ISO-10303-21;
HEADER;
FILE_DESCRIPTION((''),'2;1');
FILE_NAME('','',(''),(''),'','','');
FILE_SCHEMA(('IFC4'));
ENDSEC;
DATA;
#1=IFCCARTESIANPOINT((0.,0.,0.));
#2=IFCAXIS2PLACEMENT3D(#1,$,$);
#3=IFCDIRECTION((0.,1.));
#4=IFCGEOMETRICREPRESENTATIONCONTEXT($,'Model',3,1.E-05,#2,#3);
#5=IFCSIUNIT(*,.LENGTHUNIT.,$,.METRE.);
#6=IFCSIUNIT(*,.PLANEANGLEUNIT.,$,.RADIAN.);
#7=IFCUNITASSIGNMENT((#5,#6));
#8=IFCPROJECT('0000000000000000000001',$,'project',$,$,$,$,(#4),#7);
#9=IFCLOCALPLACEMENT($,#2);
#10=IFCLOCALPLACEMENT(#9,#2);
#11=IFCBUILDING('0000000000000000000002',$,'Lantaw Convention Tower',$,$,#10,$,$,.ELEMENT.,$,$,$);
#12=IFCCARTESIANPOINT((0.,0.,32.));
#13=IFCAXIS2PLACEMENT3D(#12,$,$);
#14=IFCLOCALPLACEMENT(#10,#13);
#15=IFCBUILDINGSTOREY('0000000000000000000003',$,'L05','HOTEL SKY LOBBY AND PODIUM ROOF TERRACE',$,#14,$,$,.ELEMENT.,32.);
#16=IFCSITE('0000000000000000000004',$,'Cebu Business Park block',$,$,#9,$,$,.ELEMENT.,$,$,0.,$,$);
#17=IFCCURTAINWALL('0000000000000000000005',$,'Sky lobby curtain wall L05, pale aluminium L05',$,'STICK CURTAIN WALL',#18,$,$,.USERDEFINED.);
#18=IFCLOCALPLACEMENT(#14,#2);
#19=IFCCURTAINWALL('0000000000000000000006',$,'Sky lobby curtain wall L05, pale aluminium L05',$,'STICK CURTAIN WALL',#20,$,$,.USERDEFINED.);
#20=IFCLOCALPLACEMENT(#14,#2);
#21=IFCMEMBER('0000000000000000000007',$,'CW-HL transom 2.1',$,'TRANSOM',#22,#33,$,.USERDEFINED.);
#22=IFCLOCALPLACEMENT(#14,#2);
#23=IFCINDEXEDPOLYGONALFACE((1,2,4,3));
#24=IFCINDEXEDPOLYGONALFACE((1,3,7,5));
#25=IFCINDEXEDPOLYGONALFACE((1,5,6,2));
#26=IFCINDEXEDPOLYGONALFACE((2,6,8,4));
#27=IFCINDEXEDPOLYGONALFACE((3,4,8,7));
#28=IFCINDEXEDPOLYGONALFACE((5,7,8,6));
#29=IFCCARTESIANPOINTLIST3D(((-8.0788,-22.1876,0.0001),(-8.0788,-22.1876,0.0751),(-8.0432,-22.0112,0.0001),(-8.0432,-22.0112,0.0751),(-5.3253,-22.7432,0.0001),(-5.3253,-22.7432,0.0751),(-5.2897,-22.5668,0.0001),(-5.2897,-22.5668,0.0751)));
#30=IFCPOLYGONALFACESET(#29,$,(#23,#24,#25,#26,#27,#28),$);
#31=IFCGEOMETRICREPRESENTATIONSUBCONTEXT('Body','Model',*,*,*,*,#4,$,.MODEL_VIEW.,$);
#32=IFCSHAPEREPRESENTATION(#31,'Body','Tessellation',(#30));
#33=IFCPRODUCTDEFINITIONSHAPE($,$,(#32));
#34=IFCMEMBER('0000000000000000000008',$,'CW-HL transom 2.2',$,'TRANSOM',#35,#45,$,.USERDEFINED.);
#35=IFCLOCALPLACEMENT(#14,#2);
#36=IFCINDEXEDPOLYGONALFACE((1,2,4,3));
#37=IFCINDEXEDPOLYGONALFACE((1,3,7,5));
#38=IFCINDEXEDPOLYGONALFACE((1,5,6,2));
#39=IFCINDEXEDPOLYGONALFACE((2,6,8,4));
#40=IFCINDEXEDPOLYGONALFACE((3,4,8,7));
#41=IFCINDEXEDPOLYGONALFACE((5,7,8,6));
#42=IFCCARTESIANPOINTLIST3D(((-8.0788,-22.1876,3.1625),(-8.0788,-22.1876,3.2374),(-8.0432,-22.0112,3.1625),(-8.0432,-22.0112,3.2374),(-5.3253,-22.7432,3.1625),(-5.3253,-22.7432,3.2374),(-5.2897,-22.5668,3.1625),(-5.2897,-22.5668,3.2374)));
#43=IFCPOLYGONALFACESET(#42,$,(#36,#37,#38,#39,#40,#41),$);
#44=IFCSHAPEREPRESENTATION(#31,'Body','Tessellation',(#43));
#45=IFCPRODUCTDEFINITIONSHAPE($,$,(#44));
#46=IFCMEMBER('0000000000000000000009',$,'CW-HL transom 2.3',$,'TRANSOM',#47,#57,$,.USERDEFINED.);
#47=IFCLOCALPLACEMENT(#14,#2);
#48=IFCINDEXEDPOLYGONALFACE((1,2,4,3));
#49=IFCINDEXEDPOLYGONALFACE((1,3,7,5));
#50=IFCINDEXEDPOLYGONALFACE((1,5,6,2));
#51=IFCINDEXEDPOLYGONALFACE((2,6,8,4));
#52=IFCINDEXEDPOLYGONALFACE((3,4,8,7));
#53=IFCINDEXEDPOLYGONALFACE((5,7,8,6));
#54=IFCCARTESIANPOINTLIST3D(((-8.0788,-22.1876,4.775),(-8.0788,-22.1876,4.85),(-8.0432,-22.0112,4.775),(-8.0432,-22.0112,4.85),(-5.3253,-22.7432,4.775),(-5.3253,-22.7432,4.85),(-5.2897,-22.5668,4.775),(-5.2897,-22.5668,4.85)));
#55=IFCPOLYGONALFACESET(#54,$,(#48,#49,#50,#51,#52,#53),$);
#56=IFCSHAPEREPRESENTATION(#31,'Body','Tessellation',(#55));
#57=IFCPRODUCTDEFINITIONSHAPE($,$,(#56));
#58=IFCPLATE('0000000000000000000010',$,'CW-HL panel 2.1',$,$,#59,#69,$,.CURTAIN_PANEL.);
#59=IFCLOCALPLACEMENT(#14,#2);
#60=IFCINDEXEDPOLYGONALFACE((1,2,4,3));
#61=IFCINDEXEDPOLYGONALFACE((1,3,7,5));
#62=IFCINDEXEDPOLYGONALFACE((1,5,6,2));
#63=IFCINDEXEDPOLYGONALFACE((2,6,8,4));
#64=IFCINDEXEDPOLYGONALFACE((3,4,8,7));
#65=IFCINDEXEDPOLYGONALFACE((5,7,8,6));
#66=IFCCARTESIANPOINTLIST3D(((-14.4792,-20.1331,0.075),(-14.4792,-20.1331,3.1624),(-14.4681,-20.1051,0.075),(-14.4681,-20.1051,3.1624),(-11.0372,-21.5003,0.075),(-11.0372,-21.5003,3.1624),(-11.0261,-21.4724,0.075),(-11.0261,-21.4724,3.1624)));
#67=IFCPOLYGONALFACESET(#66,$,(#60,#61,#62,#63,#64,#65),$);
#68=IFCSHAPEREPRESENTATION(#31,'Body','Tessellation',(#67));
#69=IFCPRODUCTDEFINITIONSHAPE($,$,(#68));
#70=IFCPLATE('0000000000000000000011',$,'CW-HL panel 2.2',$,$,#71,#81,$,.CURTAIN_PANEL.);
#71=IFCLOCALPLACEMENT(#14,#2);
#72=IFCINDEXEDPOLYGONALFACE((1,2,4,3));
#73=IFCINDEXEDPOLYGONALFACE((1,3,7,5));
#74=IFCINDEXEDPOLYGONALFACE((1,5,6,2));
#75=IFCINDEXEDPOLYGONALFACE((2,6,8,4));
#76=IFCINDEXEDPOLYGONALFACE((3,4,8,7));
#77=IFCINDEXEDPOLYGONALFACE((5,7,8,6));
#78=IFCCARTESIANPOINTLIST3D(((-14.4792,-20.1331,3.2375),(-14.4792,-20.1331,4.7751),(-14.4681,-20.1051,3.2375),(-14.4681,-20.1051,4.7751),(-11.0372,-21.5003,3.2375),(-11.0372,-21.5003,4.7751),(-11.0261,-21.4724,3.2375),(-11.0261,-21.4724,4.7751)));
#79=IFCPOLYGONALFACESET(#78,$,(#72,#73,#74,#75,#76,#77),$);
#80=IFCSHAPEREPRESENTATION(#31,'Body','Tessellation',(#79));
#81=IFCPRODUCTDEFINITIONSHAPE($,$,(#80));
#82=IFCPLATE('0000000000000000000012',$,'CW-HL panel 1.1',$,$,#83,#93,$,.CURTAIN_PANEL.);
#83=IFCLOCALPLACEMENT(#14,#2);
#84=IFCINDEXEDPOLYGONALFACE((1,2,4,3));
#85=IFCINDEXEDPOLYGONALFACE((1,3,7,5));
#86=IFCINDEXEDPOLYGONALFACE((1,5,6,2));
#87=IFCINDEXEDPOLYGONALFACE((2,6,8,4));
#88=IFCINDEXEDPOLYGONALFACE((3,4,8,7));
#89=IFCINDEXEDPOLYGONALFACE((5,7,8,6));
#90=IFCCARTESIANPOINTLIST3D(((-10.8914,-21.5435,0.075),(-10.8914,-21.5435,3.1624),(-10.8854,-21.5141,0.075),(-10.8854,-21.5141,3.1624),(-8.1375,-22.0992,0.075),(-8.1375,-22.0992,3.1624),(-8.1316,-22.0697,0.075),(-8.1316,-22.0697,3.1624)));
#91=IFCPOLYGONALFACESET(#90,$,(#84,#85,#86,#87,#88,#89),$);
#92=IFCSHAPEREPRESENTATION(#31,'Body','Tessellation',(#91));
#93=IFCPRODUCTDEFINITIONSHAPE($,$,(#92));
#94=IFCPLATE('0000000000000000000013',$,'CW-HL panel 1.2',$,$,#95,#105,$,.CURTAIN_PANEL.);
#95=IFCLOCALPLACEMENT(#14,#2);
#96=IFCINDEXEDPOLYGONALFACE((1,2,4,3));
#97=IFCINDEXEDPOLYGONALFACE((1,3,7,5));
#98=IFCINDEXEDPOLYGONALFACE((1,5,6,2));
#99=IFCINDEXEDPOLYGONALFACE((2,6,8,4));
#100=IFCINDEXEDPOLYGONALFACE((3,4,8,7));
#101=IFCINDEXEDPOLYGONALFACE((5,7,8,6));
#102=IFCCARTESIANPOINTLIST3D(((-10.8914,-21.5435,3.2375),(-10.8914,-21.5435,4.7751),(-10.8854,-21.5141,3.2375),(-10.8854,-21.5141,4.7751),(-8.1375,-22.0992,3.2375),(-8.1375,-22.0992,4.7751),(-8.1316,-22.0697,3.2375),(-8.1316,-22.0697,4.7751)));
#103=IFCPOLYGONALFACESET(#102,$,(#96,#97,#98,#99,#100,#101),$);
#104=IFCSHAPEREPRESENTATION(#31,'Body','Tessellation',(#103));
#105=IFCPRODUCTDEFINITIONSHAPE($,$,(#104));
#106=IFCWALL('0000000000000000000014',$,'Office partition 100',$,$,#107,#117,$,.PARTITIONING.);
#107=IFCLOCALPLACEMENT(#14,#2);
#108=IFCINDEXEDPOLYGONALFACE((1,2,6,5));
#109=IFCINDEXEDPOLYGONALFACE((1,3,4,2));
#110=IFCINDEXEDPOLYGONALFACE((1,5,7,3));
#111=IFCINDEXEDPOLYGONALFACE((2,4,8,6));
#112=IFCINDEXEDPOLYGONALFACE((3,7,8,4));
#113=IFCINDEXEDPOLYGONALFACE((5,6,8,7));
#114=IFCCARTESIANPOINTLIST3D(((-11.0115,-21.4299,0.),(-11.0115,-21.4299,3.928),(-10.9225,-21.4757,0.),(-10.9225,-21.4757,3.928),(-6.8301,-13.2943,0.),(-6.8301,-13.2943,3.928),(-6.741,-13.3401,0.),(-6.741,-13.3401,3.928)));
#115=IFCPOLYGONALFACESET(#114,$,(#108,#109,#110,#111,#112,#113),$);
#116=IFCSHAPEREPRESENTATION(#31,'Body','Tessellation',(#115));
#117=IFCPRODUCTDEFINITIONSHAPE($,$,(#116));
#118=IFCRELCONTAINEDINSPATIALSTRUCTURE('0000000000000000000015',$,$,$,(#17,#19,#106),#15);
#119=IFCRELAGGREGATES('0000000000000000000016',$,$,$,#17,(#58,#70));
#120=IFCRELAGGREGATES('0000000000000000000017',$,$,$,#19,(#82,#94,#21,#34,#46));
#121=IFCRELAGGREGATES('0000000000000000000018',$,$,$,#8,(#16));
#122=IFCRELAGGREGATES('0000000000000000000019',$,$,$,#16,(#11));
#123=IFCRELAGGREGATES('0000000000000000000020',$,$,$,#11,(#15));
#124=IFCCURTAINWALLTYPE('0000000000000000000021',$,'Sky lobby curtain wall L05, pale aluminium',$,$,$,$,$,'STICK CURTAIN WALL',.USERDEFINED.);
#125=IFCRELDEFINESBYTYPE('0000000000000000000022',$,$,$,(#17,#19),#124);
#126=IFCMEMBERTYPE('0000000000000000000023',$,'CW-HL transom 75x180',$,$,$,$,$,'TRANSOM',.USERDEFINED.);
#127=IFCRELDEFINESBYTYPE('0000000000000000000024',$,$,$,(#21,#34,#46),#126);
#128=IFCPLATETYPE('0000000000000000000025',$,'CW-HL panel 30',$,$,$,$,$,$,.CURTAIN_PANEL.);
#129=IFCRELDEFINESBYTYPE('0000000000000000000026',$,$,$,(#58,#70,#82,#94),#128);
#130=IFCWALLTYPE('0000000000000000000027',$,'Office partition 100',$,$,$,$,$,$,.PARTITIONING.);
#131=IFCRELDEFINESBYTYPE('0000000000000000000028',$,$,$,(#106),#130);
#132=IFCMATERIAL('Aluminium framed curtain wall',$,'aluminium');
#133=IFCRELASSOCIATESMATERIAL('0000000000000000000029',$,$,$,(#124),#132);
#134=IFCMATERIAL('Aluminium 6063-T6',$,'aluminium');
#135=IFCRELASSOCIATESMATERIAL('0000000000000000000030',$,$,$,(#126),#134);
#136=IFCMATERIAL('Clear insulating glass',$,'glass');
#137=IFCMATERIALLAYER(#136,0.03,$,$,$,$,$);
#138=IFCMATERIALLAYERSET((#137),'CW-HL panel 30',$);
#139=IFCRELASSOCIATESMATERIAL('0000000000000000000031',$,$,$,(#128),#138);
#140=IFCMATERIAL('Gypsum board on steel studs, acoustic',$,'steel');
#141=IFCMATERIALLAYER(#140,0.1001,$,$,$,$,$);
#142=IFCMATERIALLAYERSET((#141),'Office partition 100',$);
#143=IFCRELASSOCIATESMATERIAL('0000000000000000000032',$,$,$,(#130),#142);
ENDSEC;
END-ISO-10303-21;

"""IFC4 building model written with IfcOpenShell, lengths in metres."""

from ifc_helpers import new_model, si_unit, direction, frame, frame_2d, origin, origin_2d, place, context, subcontext, project, spatial, rectangle, extrude, material, layer, layer_set, material_profile, profile_set, type_object, element, aggregate, save


model = new_model("IFC4")

# Units and contexts
model_context = context("Model", 3, precision=1e-05, world=origin(), true_north=direction((0.0, 1.0)))
body_context = subcontext(model_context, "Body", "Model", "MODEL_VIEW")
ifc_project = project(units=[si_unit("LENGTHUNIT", "METRE"), si_unit("PLANEANGLEUNIT", "RADIAN")], contexts=[model_context])

# Site, building, storey
site_placement = place(None, origin())
site = spatial("IfcSite", under=ifc_project, at=site_placement, Name="Cebu Business Park block", CompositionType="ELEMENT", RefElevation=0.0)
building_placement = place(site_placement, origin())
building = spatial("IfcBuilding", under=site, at=building_placement, Name="Lantaw Convention Tower", CompositionType="ELEMENT")
storey_placement = place(building_placement, frame((0.0, 0.0, 32.0)))
storey = spatial("IfcBuildingStorey", under=building, at=storey_placement, Name="L05", Description="HOTEL SKY LOBBY AND PODIUM ROOF TERRACE", CompositionType="ELEMENT", Elevation=32.0)

# Curtain walls
ifc_material_1 = material(Name="Aluminium framed curtain wall", Category="aluminium")
curtain_wall_type = type_object("IfcCurtainWallType", Name="Sky lobby curtain wall L05, pale aluminium", ElementType="STICK CURTAIN WALL", PredefinedType="USERDEFINED", material=ifc_material_1)
curtain_wall_1_placement = place(storey_placement, origin())
curtain_wall_1 = element("IfcCurtainWall", 1, at=curtain_wall_1_placement, inside=storey, type_object=curtain_wall_type, Name="Sky lobby curtain wall L05, pale aluminium L05", ObjectType="STICK CURTAIN WALL", PredefinedType="USERDEFINED")
ifc_material_2 = material(Name="Aluminium 6063-T6", Category="aluminium")
curtain_wall_2_placement = place(storey_placement, origin())
curtain_wall_2 = element("IfcCurtainWall", 2, at=curtain_wall_2_placement, inside=storey, type_object=curtain_wall_type, Name="Sky lobby curtain wall L05, pale aluminium L05", ObjectType="STICK CURTAIN WALL", PredefinedType="USERDEFINED")

# Members
ifc_material_profile_1 = material_profile(ifc_material_2, rectangle(XDim=0.1799, YDim=0.075, at=origin_2d()), Name="CW-HL transom 75x180")
ifc_profile_set_1 = profile_set([ifc_material_profile_1], Name="Aluminium 6063-T6")
member_type_1 = type_object("IfcMemberType", Name="CW-HL transom 75x180", ElementType="TRANSOM", PredefinedType="USERDEFINED", material=ifc_profile_set_1)
member_1_placement = place(storey_placement, frame((-8.061, -22.0994, 0.0376), z_axis=(0.980242, -0.197804, 0.0), x_axis=(0.197804, 0.980242, 0.0)))
member_1 = element("IfcMember", 3, at=member_1_placement, type_object=member_type_1, Name="CW-HL transom 2.1", ObjectType="TRANSOM", PredefinedType="USERDEFINED", context=body_context, shape_type="SweptSolid", body=[
    extrude(rectangle(XDim=0.1799, YDim=0.075, at=origin_2d()), origin(), (0.0, 0.0, 1.0), 2.8091),
])
member_2_placement = place(storey_placement, frame((-8.061, -22.0994, 3.2), z_axis=(0.980242, -0.197804, 0.0), x_axis=(0.197804, 0.980242, 0.0)))
member_2 = element("IfcMember", 4, at=member_2_placement, type_object=member_type_1, Name="CW-HL transom 2.2", ObjectType="TRANSOM", PredefinedType="USERDEFINED", context=body_context, shape_type="SweptSolid", body=[
    extrude(rectangle(XDim=0.1799, YDim=0.075, at=origin_2d()), origin(), (0.0, 0.0, 1.0), 2.8091),
])
member_3_placement = place(storey_placement, frame((-8.061, -22.0994, 4.8125), z_axis=(0.980242, -0.197804, 0.0), x_axis=(0.197804, 0.980242, 0.0)))
member_3 = element("IfcMember", 5, at=member_3_placement, type_object=member_type_1, Name="CW-HL transom 2.3", ObjectType="TRANSOM", PredefinedType="USERDEFINED", context=body_context, shape_type="SweptSolid", body=[
    extrude(rectangle(XDim=0.1799, YDim=0.075, at=origin_2d()), origin(), (0.0, 0.0, 1.0), 2.8091),
])

# Plates
ifc_material_3 = material(Name="Clear insulating glass", Category="glass")
ifc_layer_1 = layer(ifc_material_3, 0.03)
ifc_layer_set_1 = layer_set([ifc_layer_1], Name="CW-HL panel 30")
plate_type = type_object("IfcPlateType", Name="CW-HL panel 30", PredefinedType="CURTAIN_PANEL", material=ifc_layer_set_1)
plate_1_placement = place(storey_placement, frame((-12.7527, -20.8027, 0.075), z_axis=(0.0, 0.0, 1.0), x_axis=(0.929361, -0.369172, 0.0)))
plate_1 = element("IfcPlate", 6, at=plate_1_placement, type_object=plate_type, Name="CW-HL panel 2.1", PredefinedType="CURTAIN_PANEL", context=body_context, shape_type="SweptSolid", body=[
    extrude(rectangle(XDim=3.7036, YDim=0.03, at=origin_2d()), origin(), (0.0, 0.0, 1.0), 3.0874),
])
plate_2_placement = place(storey_placement, frame((-12.7527, -20.8027, 3.2375), z_axis=(0.0, 0.0, 1.0), x_axis=(0.929361, -0.369172, 0.0)))
plate_2 = element("IfcPlate", 7, at=plate_2_placement, type_object=plate_type, Name="CW-HL panel 2.2", PredefinedType="CURTAIN_PANEL", context=body_context, shape_type="SweptSolid", body=[
    extrude(rectangle(XDim=3.7036, YDim=0.03, at=origin_2d()), origin(), (0.0, 0.0, 1.0), 1.5376),
])
aggregate(curtain_wall_1, [plate_1, plate_2])
plate_3_placement = place(storey_placement, frame((-9.5115, -21.8066, 0.075), z_axis=(0.0, 0.0, 1.0), x_axis=(0.980245, -0.197789, 0.0)))
plate_3 = element("IfcPlate", 8, at=plate_3_placement, type_object=plate_type, Name="CW-HL panel 1.1", PredefinedType="CURTAIN_PANEL", context=body_context, shape_type="SweptSolid", body=[
    extrude(rectangle(XDim=2.8093, YDim=0.03, at=origin_2d()), origin(), (0.0, 0.0, 1.0), 3.0874),
])
plate_4_placement = place(storey_placement, frame((-9.5115, -21.8066, 3.2375), z_axis=(0.0, 0.0, 1.0), x_axis=(0.980245, -0.197789, 0.0)))
plate_4 = element("IfcPlate", 9, at=plate_4_placement, type_object=plate_type, Name="CW-HL panel 1.2", PredefinedType="CURTAIN_PANEL", context=body_context, shape_type="SweptSolid", body=[
    extrude(rectangle(XDim=2.8093, YDim=0.03, at=origin_2d()), origin(), (0.0, 0.0, 1.0), 1.5376),
])
aggregate(curtain_wall_2, [plate_3, plate_4, member_1, member_2, member_3])

# Wall
ifc_material_4 = material(Name="Gypsum board on steel studs, acoustic", Category="steel")
ifc_layer_2 = layer(ifc_material_4, 0.1001)
ifc_layer_set_2 = layer_set([ifc_layer_2], Name="Office partition 100")
wall_type = type_object("IfcWallType", Name="Office partition 100", PredefinedType="PARTITIONING", material=ifc_layer_set_2)
wall_placement = place(storey_placement, frame((-10.967, -21.4529, 0.0), z_axis=(0.0, 0.0, 1.0), x_axis=(0.457125, 0.889402, 0.0)))
element("IfcWall", 10, at=wall_placement, inside=storey, type_object=wall_type, Name="Office partition 100", PredefinedType="PARTITIONING", context=body_context, shape_type="SweptSolid", body=[
    extrude(rectangle(XDim=9.1472, YDim=0.1001, at=frame_2d((4.5737, 0.0))), origin(), (0.0, 0.0, 1.0), 3.928),
])

save(model, "model.ifc")
